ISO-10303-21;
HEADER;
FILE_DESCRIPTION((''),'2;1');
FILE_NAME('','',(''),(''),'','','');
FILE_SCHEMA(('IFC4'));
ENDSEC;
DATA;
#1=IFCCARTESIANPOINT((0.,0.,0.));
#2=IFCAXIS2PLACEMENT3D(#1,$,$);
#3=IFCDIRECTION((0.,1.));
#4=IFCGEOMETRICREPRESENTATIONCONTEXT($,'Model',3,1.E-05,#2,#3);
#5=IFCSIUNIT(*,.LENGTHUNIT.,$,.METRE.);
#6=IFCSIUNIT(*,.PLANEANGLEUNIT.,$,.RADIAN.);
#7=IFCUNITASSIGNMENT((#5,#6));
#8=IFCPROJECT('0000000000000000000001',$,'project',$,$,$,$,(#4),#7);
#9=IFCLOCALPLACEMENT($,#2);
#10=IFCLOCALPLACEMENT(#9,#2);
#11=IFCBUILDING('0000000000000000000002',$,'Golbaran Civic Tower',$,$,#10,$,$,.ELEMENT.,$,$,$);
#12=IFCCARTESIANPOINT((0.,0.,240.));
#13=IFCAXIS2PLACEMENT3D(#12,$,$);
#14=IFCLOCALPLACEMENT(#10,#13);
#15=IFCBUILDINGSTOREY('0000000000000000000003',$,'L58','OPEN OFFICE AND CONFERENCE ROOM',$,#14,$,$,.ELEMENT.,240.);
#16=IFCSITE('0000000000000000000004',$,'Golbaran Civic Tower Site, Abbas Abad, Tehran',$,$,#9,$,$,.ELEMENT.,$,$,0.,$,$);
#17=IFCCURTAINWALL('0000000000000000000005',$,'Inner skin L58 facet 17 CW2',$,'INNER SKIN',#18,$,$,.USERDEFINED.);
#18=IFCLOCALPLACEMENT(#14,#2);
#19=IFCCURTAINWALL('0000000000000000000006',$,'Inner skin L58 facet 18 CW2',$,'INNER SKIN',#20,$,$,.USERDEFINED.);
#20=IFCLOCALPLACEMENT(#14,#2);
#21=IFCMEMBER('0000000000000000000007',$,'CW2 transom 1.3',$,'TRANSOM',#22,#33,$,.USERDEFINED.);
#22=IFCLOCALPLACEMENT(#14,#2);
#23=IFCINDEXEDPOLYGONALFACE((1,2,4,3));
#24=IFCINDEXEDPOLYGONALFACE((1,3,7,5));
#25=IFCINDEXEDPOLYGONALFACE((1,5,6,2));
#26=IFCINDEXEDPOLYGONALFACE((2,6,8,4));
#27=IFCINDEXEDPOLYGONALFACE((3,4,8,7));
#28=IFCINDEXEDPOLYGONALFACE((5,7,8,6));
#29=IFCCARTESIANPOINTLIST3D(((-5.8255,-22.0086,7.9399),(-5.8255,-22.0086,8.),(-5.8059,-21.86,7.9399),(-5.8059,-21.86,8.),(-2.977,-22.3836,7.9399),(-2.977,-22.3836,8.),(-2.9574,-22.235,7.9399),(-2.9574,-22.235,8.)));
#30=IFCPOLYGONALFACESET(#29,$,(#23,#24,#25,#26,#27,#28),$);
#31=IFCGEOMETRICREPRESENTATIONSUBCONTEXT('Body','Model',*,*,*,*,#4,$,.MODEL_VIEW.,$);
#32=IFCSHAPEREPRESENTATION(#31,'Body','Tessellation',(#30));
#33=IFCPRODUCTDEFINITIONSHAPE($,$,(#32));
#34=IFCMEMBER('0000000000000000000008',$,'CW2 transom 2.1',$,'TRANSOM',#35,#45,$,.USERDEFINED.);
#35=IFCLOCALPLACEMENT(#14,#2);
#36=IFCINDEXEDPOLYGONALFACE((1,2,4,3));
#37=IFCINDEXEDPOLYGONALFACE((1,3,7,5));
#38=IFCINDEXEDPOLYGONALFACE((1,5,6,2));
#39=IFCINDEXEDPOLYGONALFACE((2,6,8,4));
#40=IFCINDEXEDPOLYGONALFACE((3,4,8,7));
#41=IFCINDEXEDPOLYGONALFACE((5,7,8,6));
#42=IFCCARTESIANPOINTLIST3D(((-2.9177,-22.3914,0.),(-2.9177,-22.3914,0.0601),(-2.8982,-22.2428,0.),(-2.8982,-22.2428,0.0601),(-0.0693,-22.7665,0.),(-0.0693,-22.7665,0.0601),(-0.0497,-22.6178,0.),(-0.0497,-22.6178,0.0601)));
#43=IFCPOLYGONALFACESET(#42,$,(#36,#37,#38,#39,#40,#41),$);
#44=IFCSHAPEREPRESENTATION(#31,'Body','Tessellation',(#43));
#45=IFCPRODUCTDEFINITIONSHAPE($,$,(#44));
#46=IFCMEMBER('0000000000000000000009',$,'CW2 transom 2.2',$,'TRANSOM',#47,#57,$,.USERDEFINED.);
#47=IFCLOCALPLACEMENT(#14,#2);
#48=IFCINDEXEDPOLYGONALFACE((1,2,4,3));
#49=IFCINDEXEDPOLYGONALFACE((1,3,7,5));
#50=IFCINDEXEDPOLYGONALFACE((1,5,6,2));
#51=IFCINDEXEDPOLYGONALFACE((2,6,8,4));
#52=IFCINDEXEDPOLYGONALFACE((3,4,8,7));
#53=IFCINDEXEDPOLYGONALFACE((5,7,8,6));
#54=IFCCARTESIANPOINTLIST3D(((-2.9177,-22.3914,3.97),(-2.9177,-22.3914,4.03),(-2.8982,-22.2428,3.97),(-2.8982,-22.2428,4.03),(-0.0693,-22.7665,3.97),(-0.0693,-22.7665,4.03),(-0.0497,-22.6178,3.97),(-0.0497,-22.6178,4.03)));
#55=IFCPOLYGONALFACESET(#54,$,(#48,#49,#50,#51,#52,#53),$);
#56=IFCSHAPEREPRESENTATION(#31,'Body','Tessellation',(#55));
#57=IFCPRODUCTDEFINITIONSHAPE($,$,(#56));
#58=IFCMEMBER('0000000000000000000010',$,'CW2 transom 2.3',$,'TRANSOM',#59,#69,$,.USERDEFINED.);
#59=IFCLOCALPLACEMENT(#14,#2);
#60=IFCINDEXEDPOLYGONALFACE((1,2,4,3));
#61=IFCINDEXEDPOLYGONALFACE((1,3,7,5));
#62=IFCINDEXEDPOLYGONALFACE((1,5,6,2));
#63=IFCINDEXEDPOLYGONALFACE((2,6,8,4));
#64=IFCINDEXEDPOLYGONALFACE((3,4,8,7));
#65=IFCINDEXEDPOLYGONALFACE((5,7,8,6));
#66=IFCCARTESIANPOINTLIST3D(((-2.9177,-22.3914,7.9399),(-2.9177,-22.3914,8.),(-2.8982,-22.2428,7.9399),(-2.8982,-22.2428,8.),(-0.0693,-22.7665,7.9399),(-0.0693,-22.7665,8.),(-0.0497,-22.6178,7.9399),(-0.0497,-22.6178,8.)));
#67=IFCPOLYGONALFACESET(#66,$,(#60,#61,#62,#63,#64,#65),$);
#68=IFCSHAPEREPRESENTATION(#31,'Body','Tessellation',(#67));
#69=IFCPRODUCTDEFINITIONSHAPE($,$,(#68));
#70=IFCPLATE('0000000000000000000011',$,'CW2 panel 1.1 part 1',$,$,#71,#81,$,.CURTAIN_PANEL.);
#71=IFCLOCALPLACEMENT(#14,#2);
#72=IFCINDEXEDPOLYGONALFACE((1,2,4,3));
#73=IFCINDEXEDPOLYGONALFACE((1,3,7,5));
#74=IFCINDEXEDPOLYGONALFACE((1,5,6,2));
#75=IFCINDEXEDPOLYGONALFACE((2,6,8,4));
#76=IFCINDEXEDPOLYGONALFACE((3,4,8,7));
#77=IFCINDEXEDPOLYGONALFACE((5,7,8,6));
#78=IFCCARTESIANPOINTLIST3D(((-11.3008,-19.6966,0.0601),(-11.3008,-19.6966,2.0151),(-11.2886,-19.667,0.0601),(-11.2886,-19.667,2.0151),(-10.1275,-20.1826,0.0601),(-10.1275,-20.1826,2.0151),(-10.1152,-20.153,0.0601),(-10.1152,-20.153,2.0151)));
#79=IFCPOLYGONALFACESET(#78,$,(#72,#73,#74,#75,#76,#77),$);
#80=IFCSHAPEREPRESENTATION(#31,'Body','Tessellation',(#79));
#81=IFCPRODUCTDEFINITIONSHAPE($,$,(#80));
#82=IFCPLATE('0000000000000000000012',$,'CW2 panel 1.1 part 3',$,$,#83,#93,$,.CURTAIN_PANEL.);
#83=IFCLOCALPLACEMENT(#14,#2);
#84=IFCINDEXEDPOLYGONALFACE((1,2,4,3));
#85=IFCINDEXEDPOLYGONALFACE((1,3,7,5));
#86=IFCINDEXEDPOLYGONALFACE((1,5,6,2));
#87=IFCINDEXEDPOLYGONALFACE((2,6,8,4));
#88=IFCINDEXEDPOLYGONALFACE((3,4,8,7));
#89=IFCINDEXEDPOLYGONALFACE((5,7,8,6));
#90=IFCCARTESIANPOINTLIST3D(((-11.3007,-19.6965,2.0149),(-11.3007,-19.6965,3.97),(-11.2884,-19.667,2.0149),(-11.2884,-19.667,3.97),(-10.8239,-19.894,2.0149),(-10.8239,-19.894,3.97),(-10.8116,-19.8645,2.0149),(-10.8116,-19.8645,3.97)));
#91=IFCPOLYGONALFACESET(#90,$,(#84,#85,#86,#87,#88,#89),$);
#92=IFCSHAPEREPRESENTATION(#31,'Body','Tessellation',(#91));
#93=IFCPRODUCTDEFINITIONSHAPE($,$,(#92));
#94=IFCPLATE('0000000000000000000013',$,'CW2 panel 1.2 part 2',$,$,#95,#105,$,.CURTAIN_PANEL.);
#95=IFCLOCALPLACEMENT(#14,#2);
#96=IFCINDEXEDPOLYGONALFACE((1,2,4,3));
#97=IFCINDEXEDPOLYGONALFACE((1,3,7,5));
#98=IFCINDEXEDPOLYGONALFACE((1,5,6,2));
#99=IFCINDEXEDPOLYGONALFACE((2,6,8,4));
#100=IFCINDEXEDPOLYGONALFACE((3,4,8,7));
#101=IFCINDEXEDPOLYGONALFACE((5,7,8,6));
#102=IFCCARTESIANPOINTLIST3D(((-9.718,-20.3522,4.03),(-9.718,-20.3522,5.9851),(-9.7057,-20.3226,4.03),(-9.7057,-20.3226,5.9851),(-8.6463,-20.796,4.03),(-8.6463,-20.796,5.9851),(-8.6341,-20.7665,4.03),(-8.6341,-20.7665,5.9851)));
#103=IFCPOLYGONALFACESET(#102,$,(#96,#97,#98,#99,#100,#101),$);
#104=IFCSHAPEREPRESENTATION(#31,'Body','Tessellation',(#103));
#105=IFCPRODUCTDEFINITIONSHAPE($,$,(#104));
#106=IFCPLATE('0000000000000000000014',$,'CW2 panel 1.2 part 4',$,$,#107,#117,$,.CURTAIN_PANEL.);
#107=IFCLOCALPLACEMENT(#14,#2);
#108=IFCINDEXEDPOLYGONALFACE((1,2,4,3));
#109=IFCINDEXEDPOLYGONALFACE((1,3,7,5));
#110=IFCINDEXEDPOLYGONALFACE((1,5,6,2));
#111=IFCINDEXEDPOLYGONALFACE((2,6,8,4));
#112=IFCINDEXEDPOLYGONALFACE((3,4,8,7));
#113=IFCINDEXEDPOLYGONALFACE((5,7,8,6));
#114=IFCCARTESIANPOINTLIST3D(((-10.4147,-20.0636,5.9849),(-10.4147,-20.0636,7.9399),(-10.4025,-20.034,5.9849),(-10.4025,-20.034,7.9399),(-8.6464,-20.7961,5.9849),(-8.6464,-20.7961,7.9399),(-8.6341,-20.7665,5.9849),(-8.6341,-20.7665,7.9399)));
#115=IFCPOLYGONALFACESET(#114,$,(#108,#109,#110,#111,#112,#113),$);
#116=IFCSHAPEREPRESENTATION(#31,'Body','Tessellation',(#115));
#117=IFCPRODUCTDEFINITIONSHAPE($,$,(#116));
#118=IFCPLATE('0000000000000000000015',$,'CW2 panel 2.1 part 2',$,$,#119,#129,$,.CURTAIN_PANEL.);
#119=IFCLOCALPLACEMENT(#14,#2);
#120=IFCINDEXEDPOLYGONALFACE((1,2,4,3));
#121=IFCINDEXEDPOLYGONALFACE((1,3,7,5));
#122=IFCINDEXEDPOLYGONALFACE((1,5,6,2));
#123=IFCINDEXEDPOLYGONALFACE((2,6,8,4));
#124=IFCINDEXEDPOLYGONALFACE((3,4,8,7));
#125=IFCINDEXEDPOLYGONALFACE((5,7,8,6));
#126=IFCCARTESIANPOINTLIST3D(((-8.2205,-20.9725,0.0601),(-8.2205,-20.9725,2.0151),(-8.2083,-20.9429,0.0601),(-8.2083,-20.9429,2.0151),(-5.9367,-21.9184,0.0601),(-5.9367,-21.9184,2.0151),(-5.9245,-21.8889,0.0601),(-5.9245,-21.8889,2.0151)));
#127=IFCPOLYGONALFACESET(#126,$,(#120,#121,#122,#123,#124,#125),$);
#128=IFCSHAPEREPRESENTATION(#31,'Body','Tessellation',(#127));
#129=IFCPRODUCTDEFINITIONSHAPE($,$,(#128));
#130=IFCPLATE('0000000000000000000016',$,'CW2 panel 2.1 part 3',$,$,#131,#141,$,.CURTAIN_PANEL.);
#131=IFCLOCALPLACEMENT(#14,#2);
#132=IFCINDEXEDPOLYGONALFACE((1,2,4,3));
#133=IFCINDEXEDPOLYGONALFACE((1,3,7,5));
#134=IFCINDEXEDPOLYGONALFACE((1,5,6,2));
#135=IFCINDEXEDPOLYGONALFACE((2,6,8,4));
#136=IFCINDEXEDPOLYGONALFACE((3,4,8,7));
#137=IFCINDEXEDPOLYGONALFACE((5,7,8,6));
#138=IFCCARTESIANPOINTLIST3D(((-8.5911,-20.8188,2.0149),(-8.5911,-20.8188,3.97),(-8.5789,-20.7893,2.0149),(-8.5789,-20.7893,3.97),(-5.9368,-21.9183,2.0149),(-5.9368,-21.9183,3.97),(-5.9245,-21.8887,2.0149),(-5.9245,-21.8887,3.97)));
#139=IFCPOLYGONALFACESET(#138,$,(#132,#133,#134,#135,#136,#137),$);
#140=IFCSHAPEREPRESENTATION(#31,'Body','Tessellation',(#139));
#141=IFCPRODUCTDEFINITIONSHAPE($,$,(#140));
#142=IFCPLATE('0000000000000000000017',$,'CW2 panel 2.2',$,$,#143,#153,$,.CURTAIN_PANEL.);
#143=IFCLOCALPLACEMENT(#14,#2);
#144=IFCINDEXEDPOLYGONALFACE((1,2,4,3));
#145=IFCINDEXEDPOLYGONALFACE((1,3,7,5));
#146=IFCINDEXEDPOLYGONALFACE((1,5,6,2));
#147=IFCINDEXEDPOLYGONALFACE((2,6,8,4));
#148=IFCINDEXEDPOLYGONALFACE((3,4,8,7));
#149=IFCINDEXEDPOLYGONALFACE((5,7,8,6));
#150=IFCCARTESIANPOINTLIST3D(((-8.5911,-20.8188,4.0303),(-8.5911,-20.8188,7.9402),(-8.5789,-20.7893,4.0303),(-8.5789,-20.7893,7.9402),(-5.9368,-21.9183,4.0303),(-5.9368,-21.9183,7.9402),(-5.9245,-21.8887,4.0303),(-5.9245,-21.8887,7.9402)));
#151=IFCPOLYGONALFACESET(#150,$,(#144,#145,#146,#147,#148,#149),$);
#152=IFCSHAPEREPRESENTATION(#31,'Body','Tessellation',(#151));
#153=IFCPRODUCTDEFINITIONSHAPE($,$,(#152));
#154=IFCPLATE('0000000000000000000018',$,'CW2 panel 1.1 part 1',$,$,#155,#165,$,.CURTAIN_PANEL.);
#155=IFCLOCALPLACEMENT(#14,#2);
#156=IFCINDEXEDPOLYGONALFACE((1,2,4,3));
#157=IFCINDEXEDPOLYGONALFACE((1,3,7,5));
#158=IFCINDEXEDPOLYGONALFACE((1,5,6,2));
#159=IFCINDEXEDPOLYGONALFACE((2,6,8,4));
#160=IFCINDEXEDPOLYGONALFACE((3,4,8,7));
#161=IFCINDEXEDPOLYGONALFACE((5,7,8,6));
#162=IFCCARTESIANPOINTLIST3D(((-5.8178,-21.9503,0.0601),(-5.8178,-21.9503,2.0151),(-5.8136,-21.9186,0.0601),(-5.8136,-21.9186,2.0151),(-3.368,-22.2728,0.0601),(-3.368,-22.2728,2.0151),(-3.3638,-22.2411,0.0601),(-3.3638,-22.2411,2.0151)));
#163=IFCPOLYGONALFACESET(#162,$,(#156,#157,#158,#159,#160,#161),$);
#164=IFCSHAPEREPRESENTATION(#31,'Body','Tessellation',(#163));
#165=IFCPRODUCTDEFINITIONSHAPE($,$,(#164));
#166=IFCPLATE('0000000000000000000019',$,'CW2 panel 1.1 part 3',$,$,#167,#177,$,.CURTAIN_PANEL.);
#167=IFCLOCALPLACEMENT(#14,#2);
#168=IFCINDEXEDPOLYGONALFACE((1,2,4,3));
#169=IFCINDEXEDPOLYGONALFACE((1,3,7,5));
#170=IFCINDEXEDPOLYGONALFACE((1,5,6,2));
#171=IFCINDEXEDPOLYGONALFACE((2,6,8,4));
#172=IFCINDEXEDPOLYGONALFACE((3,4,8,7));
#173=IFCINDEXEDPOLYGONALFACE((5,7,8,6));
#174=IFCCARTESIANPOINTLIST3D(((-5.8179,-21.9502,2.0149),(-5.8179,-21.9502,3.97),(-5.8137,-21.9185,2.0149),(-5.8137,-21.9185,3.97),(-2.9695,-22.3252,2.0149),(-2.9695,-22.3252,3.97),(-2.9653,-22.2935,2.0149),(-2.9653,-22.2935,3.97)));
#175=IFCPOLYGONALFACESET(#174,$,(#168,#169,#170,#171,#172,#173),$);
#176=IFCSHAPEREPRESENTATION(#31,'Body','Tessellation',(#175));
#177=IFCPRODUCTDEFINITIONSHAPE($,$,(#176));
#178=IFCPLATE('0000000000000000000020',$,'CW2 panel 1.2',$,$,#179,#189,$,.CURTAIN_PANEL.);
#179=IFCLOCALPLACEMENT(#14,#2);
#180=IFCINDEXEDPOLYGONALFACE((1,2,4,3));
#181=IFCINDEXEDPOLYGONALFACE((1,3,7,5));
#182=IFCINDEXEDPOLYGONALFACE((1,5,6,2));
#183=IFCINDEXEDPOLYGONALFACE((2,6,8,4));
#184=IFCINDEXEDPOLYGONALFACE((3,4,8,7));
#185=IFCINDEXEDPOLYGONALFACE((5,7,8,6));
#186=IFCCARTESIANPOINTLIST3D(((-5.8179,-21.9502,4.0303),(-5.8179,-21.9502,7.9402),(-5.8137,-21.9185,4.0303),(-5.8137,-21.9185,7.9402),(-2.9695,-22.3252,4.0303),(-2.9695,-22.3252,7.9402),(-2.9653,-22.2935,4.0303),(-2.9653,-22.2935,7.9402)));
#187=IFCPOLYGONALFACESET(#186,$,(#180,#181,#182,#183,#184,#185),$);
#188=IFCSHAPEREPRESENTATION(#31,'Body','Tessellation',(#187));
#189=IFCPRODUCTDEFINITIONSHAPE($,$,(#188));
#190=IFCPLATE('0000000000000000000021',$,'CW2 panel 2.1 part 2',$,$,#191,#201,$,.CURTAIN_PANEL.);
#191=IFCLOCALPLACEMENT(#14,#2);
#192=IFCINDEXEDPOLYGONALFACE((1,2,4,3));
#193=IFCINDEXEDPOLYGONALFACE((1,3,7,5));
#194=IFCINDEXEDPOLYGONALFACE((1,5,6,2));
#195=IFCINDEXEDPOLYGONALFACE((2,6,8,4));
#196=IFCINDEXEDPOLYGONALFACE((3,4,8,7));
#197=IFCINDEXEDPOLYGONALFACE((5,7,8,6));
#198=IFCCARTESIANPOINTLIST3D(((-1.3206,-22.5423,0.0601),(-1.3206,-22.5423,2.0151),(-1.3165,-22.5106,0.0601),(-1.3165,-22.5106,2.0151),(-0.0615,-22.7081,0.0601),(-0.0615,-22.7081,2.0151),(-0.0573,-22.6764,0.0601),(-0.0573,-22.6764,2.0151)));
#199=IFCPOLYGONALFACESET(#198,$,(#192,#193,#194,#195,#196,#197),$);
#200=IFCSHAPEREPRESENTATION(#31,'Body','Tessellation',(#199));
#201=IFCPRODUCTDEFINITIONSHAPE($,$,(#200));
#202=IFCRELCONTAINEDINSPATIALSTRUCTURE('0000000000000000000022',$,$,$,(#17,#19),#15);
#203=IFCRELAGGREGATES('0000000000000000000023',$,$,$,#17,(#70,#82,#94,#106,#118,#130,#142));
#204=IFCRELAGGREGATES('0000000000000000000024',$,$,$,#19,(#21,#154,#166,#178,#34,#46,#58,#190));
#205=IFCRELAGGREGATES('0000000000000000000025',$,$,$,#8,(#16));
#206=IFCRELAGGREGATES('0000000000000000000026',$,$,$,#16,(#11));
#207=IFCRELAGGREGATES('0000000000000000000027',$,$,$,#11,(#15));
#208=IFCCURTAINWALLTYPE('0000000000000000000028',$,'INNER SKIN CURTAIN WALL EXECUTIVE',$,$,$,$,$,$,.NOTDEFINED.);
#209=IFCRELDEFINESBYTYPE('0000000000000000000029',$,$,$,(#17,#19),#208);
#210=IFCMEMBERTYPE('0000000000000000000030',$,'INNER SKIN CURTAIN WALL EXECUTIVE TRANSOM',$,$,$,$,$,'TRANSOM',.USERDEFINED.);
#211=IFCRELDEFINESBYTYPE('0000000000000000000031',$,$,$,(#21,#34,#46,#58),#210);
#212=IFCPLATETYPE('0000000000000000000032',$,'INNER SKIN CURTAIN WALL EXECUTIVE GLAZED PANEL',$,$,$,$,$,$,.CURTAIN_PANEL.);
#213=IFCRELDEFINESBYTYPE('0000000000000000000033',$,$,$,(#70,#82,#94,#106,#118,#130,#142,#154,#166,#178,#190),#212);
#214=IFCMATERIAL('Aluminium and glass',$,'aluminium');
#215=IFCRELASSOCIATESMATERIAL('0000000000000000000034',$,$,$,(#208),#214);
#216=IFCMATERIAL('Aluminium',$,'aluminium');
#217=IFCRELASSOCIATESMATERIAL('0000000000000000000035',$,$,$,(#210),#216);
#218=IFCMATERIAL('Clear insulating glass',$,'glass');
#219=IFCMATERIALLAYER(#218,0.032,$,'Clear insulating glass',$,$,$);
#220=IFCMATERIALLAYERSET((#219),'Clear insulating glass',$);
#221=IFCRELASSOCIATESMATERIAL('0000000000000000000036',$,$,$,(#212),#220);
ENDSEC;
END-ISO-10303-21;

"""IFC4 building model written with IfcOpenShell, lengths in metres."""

from ifc_helpers import new_model, si_unit, direction, frame, origin, origin_2d, place, context, subcontext, project, spatial, rectangle, extrude, material, layer, layer_set, material_profile, profile_set, type_object, element, aggregate, save


model = new_model("IFC4")

# Units and contexts
model_context = context("Model", 3, precision=1e-05, world=origin(), true_north=direction((0.0, 1.0)))
body_context = subcontext(model_context, "Body", "Model", "MODEL_VIEW")
ifc_project = project(units=[si_unit("LENGTHUNIT", "METRE"), si_unit("PLANEANGLEUNIT", "RADIAN")], contexts=[model_context])

# Site, building, storey
site_placement = place(None, origin())
site = spatial("IfcSite", under=ifc_project, at=site_placement, Name="Golbaran Civic Tower Site, Abbas Abad, Tehran", CompositionType="ELEMENT", RefElevation=0.0)
building_placement = place(site_placement, origin())
building = spatial("IfcBuilding", under=site, at=building_placement, Name="Golbaran Civic Tower", CompositionType="ELEMENT")
storey_placement = place(building_placement, frame((0.0, 0.0, 240.0)))
storey = spatial("IfcBuildingStorey", under=building, at=storey_placement, Name="L58", Description="OPEN OFFICE AND CONFERENCE ROOM", CompositionType="ELEMENT", Elevation=240.0)

# Curtain walls
ifc_material_1 = material(Name="Aluminium and glass", Category="aluminium")
curtain_wall_type = type_object("IfcCurtainWallType", Name="INNER SKIN CURTAIN WALL EXECUTIVE", PredefinedType="NOTDEFINED", material=ifc_material_1)
curtain_wall_1_placement = place(storey_placement, origin())
curtain_wall_1 = element("IfcCurtainWall", 1, at=curtain_wall_1_placement, inside=storey, type_object=curtain_wall_type, Name="Inner skin L58 facet 17 CW2", ObjectType="INNER SKIN", PredefinedType="USERDEFINED")
ifc_material_2 = material(Name="Aluminium", Category="aluminium")
curtain_wall_2_placement = place(storey_placement, origin())
curtain_wall_2 = element("IfcCurtainWall", 2, at=curtain_wall_2_placement, inside=storey, type_object=curtain_wall_type, Name="Inner skin L58 facet 18 CW2", ObjectType="INNER SKIN", PredefinedType="USERDEFINED")

# Members
ifc_material_profile_1 = material_profile(ifc_material_2, rectangle(XDim=0.1499, YDim=0.0601, at=origin_2d()), Name="INNER SKIN CURTAIN WALL EXECUTIVE TRANSOM")
ifc_profile_set_1 = profile_set([ifc_material_profile_1], Name="Aluminium")
member_type_1 = type_object("IfcMemberType", Name="INNER SKIN CURTAIN WALL EXECUTIVE TRANSOM", ElementType="TRANSOM", PredefinedType="USERDEFINED", material=ifc_profile_set_1)
member_1_placement = place(storey_placement, frame((-5.8157, -21.9343, 7.97), z_axis=(0.991445, -0.130527, 0.0), x_axis=(0.130527, 0.991445, 0.0)))
member_1 = element("IfcMember", 3, at=member_1_placement, type_object=member_type_1, Name="CW2 transom 1.3", ObjectType="TRANSOM", PredefinedType="USERDEFINED", context=body_context, shape_type="SweptSolid", body=[
    extrude(rectangle(XDim=0.1499, YDim=0.0601, at=origin_2d()), origin(), (0.0, 0.0, 1.0), 2.873),
])
member_2_placement = place(storey_placement, frame((-2.908, -22.3171, 0.03), z_axis=(0.991445, -0.130527, 0.0), x_axis=(0.130527, 0.991445, 0.0)))
member_2 = element("IfcMember", 4, at=member_2_placement, type_object=member_type_1, Name="CW2 transom 2.1", ObjectType="TRANSOM", PredefinedType="USERDEFINED", context=body_context, shape_type="SweptSolid", body=[
    extrude(rectangle(XDim=0.1499, YDim=0.0601, at=origin_2d()), origin(), (0.0, 0.0, 1.0), 2.873),
])
member_3_placement = place(storey_placement, frame((-2.908, -22.3171, 4.0), z_axis=(0.991445, -0.130527, 0.0), x_axis=(0.130527, 0.991445, 0.0)))
member_3 = element("IfcMember", 5, at=member_3_placement, type_object=member_type_1, Name="CW2 transom 2.2", ObjectType="TRANSOM", PredefinedType="USERDEFINED", context=body_context, shape_type="SweptSolid", body=[
    extrude(rectangle(XDim=0.1499, YDim=0.0601, at=origin_2d()), origin(), (0.0, 0.0, 1.0), 2.873),
])
member_4_placement = place(storey_placement, frame((-2.908, -22.3171, 7.97), z_axis=(0.991445, -0.130527, 0.0), x_axis=(0.130527, 0.991445, 0.0)))
member_4 = element("IfcMember", 6, at=member_4_placement, type_object=member_type_1, Name="CW2 transom 2.3", ObjectType="TRANSOM", PredefinedType="USERDEFINED", context=body_context, shape_type="SweptSolid", body=[
    extrude(rectangle(XDim=0.1499, YDim=0.0601, at=origin_2d()), origin(), (0.0, 0.0, 1.0), 2.873),
])

# Plates
ifc_material_3 = material(Name="Clear insulating glass", Category="glass")
ifc_layer_1 = layer(ifc_material_3, 0.032, Name="Clear insulating glass")
ifc_layer_set_1 = layer_set([ifc_layer_1], Name="Clear insulating glass")
plate_type_1 = type_object("IfcPlateType", Name="INNER SKIN CURTAIN WALL EXECUTIVE GLAZED PANEL", PredefinedType="CURTAIN_PANEL", material=ifc_layer_set_1)
plate_1_placement = place(storey_placement, frame((-10.708, -19.9248, 0.0601), z_axis=(0.0, 0.0, 1.0), x_axis=(0.92388, -0.382683, 0.0)))
plate_1 = element("IfcPlate", 7, at=plate_1_placement, type_object=plate_type_1, Name="CW2 panel 1.1 part 1", PredefinedType="CURTAIN_PANEL", context=body_context, shape_type="SweptSolid", body=[
    extrude(rectangle(XDim=1.27, YDim=0.032, at=origin_2d()), origin(), (0.0, 0.0, 1.0), 1.9551),
])
plate_2_placement = place(storey_placement, frame((-11.0562, -19.7805, 2.0149), z_axis=(0.0, 0.0, 1.0), x_axis=(0.92388, -0.382683, 0.0)))
plate_2 = element("IfcPlate", 8, at=plate_2_placement, type_object=plate_type_1, Name="CW2 panel 1.1 part 3", PredefinedType="CURTAIN_PANEL", context=body_context, shape_type="SweptSolid", body=[
    extrude(rectangle(XDim=0.5161, YDim=0.032, at=origin_2d()), origin(), (0.0, 0.0, 1.0), 1.9551),
])
plate_3_placement = place(storey_placement, frame((-9.176, -20.5593, 4.03), z_axis=(0.0, 0.0, 1.0), x_axis=(0.92388, -0.382683, 0.0)))
plate_3 = element("IfcPlate", 9, at=plate_3_placement, type_object=plate_type_1, Name="CW2 panel 1.2 part 2", PredefinedType="CURTAIN_PANEL", context=body_context, shape_type="SweptSolid", body=[
    extrude(rectangle(XDim=1.1599, YDim=0.032, at=origin_2d()), origin(), (0.0, 0.0, 1.0), 1.9551),
])
plate_4_placement = place(storey_placement, frame((-9.5244, -20.415, 5.9849), z_axis=(0.0, 0.0, 1.0), x_axis=(0.92388, -0.382683, 0.0)))
plate_4 = element("IfcPlate", 10, at=plate_4_placement, type_object=plate_type_1, Name="CW2 panel 1.2 part 4", PredefinedType="CURTAIN_PANEL", context=body_context, shape_type="SweptSolid", body=[
    extrude(rectangle(XDim=1.9141, YDim=0.032, at=origin_2d()), origin(), (0.0, 0.0, 1.0), 1.9551),
])
plate_5_placement = place(storey_placement, frame((-7.0725, -21.4307, 0.0601), z_axis=(0.0, 0.0, 1.0), x_axis=(0.92388, -0.382683, 0.0)))
plate_5 = element("IfcPlate", 11, at=plate_5_placement, type_object=plate_type_1, Name="CW2 panel 2.1 part 2", PredefinedType="CURTAIN_PANEL", context=body_context, shape_type="SweptSolid", body=[
    extrude(rectangle(XDim=2.4719, YDim=0.032, at=origin_2d()), origin(), (0.0, 0.0, 1.0), 1.9551),
])
plate_6_placement = place(storey_placement, frame((-7.2578, -21.3538, 2.0149), z_axis=(0.0, 0.0, 1.0), x_axis=(0.92388, -0.382683, 0.0)))
plate_6 = element("IfcPlate", 12, at=plate_6_placement, type_object=plate_type_1, Name="CW2 panel 2.1 part 3", PredefinedType="CURTAIN_PANEL", context=body_context, shape_type="SweptSolid", body=[
    extrude(rectangle(XDim=2.873, YDim=0.032, at=origin_2d()), origin(), (0.0, 0.0, 1.0), 1.9551),
])
plate_7_placement = place(storey_placement, frame((-7.2578, -21.3538, 4.0303), z_axis=(0.0, 0.0, 1.0), x_axis=(0.92388, -0.382683, 0.0)))
plate_7 = element("IfcPlate", 13, at=plate_7_placement, type_object=plate_type_1, Name="CW2 panel 2.2", PredefinedType="CURTAIN_PANEL", context=body_context, shape_type="SweptSolid", body=[
    extrude(rectangle(XDim=2.873, YDim=0.032, at=origin_2d()), origin(), (0.0, 0.0, 1.0), 3.9099),
])
plate_8_placement = place(storey_placement, frame((-4.5908, -22.0957, 0.0601), z_axis=(0.0, 0.0, 1.0), x_axis=(0.991445, -0.130526, 0.0)))
plate_8 = element("IfcPlate", 14, at=plate_8_placement, type_object=plate_type_1, Name="CW2 panel 1.1 part 1", PredefinedType="CURTAIN_PANEL", context=body_context, shape_type="SweptSolid", body=[
    extrude(rectangle(XDim=2.4709, YDim=0.032, at=origin_2d()), origin(), (0.0, 0.0, 1.0), 1.9551),
])
plate_9_placement = place(storey_placement, frame((-4.3916, -22.1218, 2.0149), z_axis=(0.0, 0.0, 1.0), x_axis=(0.991445, -0.130526, 0.0)))
plate_9 = element("IfcPlate", 15, at=plate_9_placement, type_object=plate_type_1, Name="CW2 panel 1.1 part 3", PredefinedType="CURTAIN_PANEL", context=body_context, shape_type="SweptSolid", body=[
    extrude(rectangle(XDim=2.873, YDim=0.032, at=origin_2d()), origin(), (0.0, 0.0, 1.0), 1.9551),
])
plate_10_placement = place(storey_placement, frame((-4.3916, -22.1218, 4.0303), z_axis=(0.0, 0.0, 1.0), x_axis=(0.991445, -0.130526, 0.0)))
plate_10 = element("IfcPlate", 16, at=plate_10_placement, type_object=plate_type_1, Name="CW2 panel 1.2", PredefinedType="CURTAIN_PANEL", context=body_context, shape_type="SweptSolid", body=[
    extrude(rectangle(XDim=2.873, YDim=0.032, at=origin_2d()), origin(), (0.0, 0.0, 1.0), 3.9099),
])
plate_11_placement = place(storey_placement, frame((-0.689, -22.6094, 0.0601), z_axis=(0.0, 0.0, 1.0), x_axis=(0.991445, -0.130526, 0.0)))
plate_11 = element("IfcPlate", 17, at=plate_11_placement, type_object=plate_type_1, Name="CW2 panel 2.1 part 2", PredefinedType="CURTAIN_PANEL", context=body_context, shape_type="SweptSolid", body=[
    extrude(rectangle(XDim=1.27, YDim=0.032, at=origin_2d()), origin(), (0.0, 0.0, 1.0), 1.9551),
])
aggregate(curtain_wall_1, [plate_1, plate_2, plate_3, plate_4, plate_5, plate_6, plate_7])
aggregate(curtain_wall_2, [member_1, plate_8, plate_9, plate_10, member_2, member_3, member_4, plate_11])

save(model, "model.ifc")
